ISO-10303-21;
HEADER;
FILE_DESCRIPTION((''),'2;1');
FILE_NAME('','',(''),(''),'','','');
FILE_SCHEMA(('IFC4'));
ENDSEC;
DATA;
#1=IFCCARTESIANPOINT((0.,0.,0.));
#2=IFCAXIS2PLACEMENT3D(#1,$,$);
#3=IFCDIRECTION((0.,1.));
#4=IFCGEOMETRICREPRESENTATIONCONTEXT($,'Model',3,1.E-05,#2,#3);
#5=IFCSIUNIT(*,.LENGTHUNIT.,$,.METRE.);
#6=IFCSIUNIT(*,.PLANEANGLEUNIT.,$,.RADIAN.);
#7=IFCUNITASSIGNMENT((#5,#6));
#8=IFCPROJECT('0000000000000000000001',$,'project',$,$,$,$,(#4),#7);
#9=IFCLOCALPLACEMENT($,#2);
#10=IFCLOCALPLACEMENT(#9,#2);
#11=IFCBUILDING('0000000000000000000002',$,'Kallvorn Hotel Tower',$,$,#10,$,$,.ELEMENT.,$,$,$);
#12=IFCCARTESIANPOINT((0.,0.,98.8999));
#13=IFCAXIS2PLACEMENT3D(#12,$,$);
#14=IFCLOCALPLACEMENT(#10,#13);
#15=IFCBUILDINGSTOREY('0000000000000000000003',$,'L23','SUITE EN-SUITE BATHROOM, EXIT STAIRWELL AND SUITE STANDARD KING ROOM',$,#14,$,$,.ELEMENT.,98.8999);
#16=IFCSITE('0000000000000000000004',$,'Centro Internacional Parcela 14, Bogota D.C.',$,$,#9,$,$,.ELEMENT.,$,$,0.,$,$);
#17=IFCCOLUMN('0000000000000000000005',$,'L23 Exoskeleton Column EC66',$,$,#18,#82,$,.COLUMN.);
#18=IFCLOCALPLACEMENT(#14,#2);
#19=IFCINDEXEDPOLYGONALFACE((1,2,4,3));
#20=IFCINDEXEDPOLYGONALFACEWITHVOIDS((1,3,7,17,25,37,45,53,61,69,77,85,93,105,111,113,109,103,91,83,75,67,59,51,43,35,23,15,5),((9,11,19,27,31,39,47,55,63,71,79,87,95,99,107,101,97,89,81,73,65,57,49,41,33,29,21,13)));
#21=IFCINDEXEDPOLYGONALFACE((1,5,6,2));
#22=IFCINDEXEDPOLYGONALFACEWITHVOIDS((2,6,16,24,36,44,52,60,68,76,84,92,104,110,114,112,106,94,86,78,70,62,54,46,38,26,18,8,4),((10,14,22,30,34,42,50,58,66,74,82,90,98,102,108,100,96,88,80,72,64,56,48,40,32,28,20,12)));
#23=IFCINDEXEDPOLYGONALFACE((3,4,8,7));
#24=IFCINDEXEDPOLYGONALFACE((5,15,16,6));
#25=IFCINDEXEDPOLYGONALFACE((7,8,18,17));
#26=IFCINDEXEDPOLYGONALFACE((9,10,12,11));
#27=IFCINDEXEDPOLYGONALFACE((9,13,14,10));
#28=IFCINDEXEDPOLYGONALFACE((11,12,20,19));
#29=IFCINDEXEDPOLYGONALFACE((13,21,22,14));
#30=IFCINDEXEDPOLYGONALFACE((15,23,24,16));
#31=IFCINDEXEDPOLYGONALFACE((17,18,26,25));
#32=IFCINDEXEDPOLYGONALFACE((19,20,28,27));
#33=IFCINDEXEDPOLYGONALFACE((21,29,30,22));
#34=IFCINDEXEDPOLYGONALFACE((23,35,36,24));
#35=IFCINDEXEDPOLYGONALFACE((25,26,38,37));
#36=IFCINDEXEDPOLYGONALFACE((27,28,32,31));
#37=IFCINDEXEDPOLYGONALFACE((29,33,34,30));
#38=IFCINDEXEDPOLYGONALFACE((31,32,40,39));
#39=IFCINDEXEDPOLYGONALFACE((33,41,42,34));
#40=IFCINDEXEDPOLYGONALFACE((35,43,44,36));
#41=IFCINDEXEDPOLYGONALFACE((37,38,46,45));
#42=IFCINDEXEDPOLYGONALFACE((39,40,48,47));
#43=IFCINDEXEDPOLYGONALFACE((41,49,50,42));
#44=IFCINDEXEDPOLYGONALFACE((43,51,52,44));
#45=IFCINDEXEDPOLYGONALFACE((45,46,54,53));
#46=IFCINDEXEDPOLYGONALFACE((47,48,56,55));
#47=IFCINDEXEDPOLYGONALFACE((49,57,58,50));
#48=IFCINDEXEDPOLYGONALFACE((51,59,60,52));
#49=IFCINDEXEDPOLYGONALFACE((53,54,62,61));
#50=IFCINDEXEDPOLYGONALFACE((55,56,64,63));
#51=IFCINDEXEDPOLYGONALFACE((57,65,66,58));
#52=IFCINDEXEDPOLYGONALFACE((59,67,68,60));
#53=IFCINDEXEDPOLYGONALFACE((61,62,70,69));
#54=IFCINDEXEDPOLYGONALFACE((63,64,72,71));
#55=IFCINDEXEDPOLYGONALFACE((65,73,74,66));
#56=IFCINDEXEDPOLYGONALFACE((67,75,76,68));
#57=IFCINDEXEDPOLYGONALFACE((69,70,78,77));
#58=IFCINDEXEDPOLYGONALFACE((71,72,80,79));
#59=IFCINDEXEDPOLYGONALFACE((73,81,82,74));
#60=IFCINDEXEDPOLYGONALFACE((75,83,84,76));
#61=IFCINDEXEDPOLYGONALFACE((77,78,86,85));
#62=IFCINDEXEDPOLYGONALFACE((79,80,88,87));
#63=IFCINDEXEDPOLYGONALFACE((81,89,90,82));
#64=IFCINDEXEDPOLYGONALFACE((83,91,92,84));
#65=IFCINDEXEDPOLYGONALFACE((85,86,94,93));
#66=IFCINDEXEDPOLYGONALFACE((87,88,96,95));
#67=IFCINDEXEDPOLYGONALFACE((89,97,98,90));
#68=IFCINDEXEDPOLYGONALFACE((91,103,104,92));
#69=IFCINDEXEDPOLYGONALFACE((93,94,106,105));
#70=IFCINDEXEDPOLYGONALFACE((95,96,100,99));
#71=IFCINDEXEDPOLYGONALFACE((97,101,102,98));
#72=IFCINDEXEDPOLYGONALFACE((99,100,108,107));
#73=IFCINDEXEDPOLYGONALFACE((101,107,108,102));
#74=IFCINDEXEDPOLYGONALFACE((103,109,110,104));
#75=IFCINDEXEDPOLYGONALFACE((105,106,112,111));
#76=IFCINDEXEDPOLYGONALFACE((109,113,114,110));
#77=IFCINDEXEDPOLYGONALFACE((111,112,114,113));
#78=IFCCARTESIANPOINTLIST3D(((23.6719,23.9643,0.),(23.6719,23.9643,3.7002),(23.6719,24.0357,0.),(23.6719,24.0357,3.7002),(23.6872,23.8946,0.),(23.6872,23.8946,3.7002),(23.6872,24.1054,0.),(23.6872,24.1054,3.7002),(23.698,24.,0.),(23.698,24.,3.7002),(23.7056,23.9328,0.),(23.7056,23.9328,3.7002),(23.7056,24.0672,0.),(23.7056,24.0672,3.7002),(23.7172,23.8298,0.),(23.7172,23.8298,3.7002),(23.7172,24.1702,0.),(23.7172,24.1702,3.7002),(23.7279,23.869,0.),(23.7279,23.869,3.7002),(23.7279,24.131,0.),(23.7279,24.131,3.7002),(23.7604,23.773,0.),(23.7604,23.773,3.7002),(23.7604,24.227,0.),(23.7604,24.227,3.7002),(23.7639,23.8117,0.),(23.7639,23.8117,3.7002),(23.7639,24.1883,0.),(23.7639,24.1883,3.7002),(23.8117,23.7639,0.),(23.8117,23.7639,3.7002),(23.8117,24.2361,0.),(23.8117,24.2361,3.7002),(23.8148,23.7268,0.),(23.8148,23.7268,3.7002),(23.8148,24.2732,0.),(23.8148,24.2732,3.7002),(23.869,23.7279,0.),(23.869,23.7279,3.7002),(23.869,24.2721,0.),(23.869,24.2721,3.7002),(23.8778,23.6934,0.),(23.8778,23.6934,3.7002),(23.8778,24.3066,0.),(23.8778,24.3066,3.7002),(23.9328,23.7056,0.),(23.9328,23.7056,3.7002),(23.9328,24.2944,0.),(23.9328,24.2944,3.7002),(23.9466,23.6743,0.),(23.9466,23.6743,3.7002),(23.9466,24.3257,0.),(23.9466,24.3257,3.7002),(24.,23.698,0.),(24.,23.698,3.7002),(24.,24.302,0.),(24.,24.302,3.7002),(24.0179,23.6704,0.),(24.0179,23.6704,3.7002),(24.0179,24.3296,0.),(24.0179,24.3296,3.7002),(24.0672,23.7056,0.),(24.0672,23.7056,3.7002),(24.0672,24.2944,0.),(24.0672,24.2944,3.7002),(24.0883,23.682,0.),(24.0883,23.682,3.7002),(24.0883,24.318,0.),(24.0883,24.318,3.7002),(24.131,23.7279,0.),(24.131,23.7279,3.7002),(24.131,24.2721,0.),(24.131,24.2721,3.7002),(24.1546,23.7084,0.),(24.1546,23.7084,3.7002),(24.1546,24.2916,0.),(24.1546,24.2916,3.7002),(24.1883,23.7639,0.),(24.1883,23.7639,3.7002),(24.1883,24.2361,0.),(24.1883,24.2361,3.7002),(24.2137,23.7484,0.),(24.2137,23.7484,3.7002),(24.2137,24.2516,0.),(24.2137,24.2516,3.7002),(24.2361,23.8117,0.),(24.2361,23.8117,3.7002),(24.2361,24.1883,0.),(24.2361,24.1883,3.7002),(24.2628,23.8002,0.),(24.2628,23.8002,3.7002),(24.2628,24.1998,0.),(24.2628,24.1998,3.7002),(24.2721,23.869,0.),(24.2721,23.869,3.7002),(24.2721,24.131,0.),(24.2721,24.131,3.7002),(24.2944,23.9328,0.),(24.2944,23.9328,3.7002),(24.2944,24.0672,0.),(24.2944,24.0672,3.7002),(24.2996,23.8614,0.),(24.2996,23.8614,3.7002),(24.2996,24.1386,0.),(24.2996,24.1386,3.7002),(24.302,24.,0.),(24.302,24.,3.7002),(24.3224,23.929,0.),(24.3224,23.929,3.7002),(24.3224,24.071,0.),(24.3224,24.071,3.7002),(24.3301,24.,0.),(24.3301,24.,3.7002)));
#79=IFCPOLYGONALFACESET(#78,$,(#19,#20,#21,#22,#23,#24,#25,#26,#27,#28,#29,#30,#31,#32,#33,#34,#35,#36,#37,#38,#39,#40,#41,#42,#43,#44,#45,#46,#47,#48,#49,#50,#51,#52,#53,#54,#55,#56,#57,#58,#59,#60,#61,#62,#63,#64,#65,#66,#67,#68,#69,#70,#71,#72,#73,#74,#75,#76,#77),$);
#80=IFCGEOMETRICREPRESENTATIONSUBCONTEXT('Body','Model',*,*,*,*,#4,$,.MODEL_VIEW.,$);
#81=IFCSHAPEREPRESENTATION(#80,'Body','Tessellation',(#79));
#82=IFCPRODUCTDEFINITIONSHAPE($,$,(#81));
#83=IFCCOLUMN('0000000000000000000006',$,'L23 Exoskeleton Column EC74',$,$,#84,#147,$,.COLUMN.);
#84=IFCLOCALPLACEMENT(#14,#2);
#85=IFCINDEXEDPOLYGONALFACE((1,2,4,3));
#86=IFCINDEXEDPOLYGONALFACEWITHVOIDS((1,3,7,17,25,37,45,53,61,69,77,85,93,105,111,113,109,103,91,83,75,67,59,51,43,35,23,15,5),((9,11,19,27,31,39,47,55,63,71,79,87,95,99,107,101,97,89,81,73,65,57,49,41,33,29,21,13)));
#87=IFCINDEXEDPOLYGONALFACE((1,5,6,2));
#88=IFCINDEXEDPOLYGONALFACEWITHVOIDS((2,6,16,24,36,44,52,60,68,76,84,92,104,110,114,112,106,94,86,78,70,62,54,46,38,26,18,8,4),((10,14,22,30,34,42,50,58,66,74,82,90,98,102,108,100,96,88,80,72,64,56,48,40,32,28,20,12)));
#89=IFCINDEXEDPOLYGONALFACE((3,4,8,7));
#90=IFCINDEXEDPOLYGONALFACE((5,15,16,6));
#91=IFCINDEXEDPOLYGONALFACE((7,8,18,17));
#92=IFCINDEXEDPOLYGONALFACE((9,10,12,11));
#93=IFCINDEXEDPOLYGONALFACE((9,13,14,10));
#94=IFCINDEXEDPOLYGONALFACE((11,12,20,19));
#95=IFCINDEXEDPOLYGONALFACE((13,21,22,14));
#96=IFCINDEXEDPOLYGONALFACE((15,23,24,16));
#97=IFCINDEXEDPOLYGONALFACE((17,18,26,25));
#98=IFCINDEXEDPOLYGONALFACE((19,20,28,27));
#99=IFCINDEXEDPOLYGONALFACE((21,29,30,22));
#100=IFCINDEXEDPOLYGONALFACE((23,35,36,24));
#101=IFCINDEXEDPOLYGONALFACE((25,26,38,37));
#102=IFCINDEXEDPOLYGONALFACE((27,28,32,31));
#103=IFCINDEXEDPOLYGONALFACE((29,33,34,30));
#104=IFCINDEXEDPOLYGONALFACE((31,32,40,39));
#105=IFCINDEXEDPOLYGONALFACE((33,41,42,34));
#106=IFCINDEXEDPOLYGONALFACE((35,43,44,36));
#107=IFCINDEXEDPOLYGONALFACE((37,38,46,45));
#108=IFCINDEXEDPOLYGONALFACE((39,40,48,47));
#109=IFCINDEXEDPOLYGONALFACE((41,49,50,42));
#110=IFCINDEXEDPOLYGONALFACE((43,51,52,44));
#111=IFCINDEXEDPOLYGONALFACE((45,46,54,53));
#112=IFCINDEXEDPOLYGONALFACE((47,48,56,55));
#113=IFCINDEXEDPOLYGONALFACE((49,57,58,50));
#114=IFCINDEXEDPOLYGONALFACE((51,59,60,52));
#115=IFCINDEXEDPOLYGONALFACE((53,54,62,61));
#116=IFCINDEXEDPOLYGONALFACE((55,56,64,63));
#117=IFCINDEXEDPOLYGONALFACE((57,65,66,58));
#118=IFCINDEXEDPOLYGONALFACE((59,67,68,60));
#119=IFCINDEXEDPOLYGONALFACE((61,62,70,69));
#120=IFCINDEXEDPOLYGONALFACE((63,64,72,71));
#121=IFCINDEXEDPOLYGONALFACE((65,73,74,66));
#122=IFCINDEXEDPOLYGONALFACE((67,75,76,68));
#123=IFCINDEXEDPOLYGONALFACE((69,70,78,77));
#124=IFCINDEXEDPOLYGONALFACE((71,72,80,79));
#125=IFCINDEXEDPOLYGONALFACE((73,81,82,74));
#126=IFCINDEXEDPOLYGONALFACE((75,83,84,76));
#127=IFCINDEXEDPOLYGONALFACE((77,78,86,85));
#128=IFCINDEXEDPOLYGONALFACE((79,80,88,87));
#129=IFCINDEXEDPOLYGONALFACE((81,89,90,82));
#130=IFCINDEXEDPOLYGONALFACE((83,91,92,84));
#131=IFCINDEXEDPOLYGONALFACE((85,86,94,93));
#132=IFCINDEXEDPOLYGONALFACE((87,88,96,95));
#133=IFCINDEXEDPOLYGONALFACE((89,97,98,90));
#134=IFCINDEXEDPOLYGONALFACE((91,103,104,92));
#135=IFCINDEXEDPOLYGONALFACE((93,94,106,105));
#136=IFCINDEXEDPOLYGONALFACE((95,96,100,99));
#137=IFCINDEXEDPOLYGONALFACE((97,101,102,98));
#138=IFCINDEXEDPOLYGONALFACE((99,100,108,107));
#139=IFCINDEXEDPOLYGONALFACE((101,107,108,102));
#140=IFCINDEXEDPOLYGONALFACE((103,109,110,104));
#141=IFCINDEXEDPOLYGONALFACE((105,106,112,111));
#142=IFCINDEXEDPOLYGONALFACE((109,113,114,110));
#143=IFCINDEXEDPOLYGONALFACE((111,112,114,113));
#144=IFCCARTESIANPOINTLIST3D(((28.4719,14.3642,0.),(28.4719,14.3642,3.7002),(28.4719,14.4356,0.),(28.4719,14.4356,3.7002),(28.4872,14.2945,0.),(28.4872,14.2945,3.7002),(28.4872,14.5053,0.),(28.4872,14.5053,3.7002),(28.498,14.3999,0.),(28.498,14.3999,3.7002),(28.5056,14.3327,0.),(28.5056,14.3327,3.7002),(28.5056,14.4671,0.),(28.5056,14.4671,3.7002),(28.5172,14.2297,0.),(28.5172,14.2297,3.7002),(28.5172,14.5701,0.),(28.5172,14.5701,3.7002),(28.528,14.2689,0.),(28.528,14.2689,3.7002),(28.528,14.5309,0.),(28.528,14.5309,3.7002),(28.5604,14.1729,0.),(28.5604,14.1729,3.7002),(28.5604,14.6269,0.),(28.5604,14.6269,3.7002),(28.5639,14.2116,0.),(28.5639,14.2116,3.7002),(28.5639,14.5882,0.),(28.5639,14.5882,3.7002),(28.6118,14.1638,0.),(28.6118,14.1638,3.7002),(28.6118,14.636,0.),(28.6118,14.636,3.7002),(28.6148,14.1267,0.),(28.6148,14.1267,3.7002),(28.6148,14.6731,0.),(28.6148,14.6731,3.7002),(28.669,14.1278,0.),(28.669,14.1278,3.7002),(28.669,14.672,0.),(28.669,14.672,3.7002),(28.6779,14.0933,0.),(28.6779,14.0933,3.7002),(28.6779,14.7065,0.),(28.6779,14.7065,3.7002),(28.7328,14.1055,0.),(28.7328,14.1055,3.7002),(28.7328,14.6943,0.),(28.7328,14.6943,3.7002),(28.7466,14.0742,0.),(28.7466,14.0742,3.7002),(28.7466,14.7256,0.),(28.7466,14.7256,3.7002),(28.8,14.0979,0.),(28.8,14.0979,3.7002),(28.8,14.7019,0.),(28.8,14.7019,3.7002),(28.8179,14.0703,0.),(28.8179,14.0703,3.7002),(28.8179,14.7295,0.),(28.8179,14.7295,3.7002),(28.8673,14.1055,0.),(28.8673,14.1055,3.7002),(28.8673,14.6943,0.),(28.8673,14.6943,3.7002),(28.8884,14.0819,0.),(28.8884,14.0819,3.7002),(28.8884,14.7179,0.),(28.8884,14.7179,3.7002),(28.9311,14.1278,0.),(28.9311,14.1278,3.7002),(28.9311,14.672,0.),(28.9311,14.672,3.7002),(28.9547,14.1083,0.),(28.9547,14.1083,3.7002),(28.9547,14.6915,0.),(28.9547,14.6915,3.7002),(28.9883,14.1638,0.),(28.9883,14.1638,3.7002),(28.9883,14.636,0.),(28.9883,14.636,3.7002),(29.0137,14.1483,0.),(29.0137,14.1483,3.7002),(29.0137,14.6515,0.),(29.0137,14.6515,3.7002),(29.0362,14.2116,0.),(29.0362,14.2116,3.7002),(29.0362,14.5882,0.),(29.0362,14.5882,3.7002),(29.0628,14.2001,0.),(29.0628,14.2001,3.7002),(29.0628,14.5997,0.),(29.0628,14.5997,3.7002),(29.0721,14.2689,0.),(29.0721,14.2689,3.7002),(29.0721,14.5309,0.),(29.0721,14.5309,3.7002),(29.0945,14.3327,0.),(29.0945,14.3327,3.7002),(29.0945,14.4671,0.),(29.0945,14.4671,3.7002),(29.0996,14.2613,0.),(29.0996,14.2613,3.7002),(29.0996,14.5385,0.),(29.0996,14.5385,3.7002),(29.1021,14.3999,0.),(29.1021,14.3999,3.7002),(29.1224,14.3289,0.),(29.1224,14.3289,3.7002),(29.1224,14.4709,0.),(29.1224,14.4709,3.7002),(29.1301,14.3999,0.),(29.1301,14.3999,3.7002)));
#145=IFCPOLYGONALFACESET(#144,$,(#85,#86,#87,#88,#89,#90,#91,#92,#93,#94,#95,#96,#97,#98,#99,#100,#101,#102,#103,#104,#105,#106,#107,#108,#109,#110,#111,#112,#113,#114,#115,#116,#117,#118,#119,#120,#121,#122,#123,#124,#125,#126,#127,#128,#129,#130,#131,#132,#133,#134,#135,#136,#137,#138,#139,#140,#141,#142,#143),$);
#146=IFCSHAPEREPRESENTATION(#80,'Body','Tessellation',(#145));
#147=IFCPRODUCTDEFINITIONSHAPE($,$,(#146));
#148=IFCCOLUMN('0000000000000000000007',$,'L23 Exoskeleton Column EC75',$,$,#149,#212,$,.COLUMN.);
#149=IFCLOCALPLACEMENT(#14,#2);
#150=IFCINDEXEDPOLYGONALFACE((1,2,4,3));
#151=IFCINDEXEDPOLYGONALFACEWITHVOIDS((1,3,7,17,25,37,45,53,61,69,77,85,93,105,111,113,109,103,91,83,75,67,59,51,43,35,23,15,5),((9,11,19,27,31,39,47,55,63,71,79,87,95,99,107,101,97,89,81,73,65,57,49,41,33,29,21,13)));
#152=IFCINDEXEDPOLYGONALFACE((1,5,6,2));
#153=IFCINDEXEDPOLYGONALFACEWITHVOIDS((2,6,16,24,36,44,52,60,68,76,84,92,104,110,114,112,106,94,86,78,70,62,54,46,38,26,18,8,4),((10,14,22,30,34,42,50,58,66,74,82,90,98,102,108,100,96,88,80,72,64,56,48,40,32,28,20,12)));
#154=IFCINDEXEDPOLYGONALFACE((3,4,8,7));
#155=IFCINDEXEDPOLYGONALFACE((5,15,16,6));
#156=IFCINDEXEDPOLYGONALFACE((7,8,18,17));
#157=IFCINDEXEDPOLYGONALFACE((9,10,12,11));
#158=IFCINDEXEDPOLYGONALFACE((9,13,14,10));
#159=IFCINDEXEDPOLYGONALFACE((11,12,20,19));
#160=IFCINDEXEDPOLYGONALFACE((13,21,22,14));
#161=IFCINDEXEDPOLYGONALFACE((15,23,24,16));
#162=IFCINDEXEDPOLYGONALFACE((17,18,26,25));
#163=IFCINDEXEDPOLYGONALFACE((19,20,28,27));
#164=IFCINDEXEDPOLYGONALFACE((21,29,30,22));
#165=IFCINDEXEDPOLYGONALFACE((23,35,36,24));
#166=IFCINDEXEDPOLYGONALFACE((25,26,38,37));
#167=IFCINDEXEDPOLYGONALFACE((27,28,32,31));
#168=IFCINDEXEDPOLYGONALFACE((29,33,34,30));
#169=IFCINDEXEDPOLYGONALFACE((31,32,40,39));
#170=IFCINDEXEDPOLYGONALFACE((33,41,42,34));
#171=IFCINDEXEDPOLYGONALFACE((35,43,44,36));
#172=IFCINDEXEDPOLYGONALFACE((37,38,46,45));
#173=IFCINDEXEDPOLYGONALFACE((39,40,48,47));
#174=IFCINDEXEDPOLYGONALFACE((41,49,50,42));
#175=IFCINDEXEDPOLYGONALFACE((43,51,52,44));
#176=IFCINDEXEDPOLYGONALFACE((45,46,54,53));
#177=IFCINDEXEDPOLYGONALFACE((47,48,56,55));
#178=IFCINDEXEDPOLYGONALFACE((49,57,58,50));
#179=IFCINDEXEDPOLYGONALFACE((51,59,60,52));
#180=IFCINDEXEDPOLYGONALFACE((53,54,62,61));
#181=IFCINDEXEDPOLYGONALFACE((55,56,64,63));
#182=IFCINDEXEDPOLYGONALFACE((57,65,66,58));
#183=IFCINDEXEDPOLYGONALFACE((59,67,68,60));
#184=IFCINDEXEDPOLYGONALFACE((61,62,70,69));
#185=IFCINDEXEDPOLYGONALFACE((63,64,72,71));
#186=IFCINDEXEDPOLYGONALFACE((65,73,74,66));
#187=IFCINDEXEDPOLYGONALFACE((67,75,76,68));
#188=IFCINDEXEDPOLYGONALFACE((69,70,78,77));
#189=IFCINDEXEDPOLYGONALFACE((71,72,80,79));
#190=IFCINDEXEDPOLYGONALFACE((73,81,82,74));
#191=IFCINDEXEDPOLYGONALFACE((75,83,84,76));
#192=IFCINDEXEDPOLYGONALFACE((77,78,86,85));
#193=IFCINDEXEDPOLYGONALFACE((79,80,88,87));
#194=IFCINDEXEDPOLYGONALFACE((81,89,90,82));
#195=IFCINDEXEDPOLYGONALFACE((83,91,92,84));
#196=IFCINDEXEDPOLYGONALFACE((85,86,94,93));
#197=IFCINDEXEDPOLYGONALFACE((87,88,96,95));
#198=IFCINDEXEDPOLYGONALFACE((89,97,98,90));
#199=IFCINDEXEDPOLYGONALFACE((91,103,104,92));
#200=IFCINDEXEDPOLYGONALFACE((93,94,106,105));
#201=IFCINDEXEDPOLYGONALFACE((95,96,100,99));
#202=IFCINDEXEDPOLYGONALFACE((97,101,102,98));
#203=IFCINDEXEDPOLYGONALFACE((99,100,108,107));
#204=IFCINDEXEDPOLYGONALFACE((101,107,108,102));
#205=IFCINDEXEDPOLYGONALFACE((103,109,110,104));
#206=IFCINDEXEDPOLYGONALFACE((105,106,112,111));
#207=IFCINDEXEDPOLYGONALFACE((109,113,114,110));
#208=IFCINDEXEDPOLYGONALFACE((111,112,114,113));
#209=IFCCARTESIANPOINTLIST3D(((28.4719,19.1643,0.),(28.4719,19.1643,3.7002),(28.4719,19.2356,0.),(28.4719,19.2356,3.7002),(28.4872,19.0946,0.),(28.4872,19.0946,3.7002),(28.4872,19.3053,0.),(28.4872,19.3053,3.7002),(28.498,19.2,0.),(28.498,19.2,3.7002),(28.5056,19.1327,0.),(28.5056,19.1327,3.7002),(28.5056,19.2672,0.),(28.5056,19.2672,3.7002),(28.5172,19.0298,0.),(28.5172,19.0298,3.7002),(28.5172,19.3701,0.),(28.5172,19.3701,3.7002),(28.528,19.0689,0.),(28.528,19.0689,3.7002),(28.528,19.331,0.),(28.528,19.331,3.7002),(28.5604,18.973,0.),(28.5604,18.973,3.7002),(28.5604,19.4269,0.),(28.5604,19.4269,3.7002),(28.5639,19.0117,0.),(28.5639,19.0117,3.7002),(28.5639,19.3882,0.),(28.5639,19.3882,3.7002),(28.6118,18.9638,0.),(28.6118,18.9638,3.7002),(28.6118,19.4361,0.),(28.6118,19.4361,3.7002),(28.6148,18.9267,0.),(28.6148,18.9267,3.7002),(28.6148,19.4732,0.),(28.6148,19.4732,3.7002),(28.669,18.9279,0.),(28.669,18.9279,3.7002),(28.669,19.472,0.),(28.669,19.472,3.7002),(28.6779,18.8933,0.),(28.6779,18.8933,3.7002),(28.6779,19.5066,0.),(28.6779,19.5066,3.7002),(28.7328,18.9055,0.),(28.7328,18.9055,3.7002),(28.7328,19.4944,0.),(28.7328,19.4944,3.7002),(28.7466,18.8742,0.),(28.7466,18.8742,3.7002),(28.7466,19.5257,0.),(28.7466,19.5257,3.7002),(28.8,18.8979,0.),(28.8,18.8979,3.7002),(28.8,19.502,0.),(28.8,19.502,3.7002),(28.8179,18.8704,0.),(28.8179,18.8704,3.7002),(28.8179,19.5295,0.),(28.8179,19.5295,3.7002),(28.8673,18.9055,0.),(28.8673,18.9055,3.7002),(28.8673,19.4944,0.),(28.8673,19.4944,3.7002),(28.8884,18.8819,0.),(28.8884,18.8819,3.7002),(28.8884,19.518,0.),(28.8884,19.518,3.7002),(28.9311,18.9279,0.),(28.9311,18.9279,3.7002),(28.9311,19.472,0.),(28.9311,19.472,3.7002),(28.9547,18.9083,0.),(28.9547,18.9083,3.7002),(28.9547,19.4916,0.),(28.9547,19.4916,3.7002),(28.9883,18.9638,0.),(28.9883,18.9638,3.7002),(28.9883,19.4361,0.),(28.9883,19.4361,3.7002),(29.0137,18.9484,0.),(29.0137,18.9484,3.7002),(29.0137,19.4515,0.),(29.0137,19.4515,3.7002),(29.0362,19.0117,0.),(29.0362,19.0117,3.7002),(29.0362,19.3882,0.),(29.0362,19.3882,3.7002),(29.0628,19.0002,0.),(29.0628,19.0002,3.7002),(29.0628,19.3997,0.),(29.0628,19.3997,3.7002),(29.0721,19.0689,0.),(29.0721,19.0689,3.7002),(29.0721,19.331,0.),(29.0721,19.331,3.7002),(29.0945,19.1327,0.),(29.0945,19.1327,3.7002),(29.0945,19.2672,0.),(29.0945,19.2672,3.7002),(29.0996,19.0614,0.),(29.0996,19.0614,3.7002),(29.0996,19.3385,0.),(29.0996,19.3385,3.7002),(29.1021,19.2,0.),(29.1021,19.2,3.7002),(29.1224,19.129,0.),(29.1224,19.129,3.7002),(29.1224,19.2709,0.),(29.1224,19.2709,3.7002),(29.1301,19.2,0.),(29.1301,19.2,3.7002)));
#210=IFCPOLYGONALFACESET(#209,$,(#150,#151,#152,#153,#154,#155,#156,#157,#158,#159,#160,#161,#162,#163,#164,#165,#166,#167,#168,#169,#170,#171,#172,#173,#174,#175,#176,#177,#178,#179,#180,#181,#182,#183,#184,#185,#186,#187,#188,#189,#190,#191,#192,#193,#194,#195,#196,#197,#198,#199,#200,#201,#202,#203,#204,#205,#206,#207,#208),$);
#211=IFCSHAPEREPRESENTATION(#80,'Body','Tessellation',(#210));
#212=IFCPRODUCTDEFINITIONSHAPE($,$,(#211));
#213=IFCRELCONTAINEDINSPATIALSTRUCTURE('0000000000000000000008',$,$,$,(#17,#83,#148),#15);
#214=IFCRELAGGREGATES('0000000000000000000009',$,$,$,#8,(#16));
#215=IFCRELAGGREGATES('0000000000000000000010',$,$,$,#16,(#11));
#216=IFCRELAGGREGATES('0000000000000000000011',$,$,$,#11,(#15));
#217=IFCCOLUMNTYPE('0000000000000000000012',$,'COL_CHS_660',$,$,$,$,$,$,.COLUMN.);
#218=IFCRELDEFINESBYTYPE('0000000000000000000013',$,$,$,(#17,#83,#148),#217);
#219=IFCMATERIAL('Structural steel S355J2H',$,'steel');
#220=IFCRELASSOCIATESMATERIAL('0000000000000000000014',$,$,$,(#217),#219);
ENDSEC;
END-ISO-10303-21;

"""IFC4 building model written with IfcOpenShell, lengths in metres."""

from ifc_helpers import new_model, si_unit, direction, frame, origin, origin_2d, place, context, subcontext, project, spatial, hollow_circle, extrude, material, material_profile, profile_set, type_object, element, save


model = new_model("IFC4")

# Units and contexts
model_context = context("Model", 3, precision=1e-05, world=origin(), true_north=direction((0.0, 1.0)))
body_context = subcontext(model_context, "Body", "Model", "MODEL_VIEW")
ifc_project = project(units=[si_unit("LENGTHUNIT", "METRE"), si_unit("PLANEANGLEUNIT", "RADIAN")], contexts=[model_context])

# Site, building, storey
site_placement = place(None, origin())
site = spatial("IfcSite", under=ifc_project, at=site_placement, Name="Centro Internacional Parcela 14, Bogota D.C.", CompositionType="ELEMENT", RefElevation=0.0)
building_placement = place(site_placement, origin())
building = spatial("IfcBuilding", under=site, at=building_placement, Name="Kallvorn Hotel Tower", CompositionType="ELEMENT")
storey_placement = place(building_placement, frame((0.0, 0.0, 98.8999)))
storey = spatial("IfcBuildingStorey", under=building, at=storey_placement, Name="L23", Description="SUITE EN-SUITE BATHROOM, EXIT STAIRWELL AND SUITE STANDARD KING ROOM", CompositionType="ELEMENT", Elevation=98.8999)

# Columns
ifc_material_1 = material(Name="Structural steel S355J2H", Category="steel")
ifc_material_profile_1 = material_profile(ifc_material_1, hollow_circle(Radius=0.3301, WallThickness=0.0281, at=origin_2d()), Name="CHS 660x28")
ifc_profile_set_1 = profile_set([ifc_material_profile_1], Name="Structural steel S355J2H")
column_type = type_object("IfcColumnType", Name="COL_CHS_660", PredefinedType="COLUMN", material=ifc_profile_set_1)
for number, where, z_axis, x_axis, name in (
    (1, (24.0, 24.0, 0.0), (0.0, 0.0, 1.0), (1.0, 0.0, 0.0), "L23 Exoskeleton Column EC66"),
    (2, (28.8, 14.3999, 0.0), (0.0, 0.0, 1.0), (1.0, 0.0, 0.0), "L23 Exoskeleton Column EC74"),
    (3, (28.8, 19.2, 0.0), (0.0, 0.0, 1.0), (1.0, 0.0, 0.0), "L23 Exoskeleton Column EC75"),
):
    element("IfcColumn", number, at=place(storey_placement, frame(where, z_axis=z_axis, x_axis=x_axis)), inside=storey, type_object=column_type, Name=name, PredefinedType="COLUMN", context=body_context, shape_type="SweptSolid", body=[
        extrude(hollow_circle(Radius=0.3301, WallThickness=0.0281, at=origin_2d()), origin(), (0.0, 0.0, 1.0), 3.7002),
    ])

save(model, "model.ifc")
